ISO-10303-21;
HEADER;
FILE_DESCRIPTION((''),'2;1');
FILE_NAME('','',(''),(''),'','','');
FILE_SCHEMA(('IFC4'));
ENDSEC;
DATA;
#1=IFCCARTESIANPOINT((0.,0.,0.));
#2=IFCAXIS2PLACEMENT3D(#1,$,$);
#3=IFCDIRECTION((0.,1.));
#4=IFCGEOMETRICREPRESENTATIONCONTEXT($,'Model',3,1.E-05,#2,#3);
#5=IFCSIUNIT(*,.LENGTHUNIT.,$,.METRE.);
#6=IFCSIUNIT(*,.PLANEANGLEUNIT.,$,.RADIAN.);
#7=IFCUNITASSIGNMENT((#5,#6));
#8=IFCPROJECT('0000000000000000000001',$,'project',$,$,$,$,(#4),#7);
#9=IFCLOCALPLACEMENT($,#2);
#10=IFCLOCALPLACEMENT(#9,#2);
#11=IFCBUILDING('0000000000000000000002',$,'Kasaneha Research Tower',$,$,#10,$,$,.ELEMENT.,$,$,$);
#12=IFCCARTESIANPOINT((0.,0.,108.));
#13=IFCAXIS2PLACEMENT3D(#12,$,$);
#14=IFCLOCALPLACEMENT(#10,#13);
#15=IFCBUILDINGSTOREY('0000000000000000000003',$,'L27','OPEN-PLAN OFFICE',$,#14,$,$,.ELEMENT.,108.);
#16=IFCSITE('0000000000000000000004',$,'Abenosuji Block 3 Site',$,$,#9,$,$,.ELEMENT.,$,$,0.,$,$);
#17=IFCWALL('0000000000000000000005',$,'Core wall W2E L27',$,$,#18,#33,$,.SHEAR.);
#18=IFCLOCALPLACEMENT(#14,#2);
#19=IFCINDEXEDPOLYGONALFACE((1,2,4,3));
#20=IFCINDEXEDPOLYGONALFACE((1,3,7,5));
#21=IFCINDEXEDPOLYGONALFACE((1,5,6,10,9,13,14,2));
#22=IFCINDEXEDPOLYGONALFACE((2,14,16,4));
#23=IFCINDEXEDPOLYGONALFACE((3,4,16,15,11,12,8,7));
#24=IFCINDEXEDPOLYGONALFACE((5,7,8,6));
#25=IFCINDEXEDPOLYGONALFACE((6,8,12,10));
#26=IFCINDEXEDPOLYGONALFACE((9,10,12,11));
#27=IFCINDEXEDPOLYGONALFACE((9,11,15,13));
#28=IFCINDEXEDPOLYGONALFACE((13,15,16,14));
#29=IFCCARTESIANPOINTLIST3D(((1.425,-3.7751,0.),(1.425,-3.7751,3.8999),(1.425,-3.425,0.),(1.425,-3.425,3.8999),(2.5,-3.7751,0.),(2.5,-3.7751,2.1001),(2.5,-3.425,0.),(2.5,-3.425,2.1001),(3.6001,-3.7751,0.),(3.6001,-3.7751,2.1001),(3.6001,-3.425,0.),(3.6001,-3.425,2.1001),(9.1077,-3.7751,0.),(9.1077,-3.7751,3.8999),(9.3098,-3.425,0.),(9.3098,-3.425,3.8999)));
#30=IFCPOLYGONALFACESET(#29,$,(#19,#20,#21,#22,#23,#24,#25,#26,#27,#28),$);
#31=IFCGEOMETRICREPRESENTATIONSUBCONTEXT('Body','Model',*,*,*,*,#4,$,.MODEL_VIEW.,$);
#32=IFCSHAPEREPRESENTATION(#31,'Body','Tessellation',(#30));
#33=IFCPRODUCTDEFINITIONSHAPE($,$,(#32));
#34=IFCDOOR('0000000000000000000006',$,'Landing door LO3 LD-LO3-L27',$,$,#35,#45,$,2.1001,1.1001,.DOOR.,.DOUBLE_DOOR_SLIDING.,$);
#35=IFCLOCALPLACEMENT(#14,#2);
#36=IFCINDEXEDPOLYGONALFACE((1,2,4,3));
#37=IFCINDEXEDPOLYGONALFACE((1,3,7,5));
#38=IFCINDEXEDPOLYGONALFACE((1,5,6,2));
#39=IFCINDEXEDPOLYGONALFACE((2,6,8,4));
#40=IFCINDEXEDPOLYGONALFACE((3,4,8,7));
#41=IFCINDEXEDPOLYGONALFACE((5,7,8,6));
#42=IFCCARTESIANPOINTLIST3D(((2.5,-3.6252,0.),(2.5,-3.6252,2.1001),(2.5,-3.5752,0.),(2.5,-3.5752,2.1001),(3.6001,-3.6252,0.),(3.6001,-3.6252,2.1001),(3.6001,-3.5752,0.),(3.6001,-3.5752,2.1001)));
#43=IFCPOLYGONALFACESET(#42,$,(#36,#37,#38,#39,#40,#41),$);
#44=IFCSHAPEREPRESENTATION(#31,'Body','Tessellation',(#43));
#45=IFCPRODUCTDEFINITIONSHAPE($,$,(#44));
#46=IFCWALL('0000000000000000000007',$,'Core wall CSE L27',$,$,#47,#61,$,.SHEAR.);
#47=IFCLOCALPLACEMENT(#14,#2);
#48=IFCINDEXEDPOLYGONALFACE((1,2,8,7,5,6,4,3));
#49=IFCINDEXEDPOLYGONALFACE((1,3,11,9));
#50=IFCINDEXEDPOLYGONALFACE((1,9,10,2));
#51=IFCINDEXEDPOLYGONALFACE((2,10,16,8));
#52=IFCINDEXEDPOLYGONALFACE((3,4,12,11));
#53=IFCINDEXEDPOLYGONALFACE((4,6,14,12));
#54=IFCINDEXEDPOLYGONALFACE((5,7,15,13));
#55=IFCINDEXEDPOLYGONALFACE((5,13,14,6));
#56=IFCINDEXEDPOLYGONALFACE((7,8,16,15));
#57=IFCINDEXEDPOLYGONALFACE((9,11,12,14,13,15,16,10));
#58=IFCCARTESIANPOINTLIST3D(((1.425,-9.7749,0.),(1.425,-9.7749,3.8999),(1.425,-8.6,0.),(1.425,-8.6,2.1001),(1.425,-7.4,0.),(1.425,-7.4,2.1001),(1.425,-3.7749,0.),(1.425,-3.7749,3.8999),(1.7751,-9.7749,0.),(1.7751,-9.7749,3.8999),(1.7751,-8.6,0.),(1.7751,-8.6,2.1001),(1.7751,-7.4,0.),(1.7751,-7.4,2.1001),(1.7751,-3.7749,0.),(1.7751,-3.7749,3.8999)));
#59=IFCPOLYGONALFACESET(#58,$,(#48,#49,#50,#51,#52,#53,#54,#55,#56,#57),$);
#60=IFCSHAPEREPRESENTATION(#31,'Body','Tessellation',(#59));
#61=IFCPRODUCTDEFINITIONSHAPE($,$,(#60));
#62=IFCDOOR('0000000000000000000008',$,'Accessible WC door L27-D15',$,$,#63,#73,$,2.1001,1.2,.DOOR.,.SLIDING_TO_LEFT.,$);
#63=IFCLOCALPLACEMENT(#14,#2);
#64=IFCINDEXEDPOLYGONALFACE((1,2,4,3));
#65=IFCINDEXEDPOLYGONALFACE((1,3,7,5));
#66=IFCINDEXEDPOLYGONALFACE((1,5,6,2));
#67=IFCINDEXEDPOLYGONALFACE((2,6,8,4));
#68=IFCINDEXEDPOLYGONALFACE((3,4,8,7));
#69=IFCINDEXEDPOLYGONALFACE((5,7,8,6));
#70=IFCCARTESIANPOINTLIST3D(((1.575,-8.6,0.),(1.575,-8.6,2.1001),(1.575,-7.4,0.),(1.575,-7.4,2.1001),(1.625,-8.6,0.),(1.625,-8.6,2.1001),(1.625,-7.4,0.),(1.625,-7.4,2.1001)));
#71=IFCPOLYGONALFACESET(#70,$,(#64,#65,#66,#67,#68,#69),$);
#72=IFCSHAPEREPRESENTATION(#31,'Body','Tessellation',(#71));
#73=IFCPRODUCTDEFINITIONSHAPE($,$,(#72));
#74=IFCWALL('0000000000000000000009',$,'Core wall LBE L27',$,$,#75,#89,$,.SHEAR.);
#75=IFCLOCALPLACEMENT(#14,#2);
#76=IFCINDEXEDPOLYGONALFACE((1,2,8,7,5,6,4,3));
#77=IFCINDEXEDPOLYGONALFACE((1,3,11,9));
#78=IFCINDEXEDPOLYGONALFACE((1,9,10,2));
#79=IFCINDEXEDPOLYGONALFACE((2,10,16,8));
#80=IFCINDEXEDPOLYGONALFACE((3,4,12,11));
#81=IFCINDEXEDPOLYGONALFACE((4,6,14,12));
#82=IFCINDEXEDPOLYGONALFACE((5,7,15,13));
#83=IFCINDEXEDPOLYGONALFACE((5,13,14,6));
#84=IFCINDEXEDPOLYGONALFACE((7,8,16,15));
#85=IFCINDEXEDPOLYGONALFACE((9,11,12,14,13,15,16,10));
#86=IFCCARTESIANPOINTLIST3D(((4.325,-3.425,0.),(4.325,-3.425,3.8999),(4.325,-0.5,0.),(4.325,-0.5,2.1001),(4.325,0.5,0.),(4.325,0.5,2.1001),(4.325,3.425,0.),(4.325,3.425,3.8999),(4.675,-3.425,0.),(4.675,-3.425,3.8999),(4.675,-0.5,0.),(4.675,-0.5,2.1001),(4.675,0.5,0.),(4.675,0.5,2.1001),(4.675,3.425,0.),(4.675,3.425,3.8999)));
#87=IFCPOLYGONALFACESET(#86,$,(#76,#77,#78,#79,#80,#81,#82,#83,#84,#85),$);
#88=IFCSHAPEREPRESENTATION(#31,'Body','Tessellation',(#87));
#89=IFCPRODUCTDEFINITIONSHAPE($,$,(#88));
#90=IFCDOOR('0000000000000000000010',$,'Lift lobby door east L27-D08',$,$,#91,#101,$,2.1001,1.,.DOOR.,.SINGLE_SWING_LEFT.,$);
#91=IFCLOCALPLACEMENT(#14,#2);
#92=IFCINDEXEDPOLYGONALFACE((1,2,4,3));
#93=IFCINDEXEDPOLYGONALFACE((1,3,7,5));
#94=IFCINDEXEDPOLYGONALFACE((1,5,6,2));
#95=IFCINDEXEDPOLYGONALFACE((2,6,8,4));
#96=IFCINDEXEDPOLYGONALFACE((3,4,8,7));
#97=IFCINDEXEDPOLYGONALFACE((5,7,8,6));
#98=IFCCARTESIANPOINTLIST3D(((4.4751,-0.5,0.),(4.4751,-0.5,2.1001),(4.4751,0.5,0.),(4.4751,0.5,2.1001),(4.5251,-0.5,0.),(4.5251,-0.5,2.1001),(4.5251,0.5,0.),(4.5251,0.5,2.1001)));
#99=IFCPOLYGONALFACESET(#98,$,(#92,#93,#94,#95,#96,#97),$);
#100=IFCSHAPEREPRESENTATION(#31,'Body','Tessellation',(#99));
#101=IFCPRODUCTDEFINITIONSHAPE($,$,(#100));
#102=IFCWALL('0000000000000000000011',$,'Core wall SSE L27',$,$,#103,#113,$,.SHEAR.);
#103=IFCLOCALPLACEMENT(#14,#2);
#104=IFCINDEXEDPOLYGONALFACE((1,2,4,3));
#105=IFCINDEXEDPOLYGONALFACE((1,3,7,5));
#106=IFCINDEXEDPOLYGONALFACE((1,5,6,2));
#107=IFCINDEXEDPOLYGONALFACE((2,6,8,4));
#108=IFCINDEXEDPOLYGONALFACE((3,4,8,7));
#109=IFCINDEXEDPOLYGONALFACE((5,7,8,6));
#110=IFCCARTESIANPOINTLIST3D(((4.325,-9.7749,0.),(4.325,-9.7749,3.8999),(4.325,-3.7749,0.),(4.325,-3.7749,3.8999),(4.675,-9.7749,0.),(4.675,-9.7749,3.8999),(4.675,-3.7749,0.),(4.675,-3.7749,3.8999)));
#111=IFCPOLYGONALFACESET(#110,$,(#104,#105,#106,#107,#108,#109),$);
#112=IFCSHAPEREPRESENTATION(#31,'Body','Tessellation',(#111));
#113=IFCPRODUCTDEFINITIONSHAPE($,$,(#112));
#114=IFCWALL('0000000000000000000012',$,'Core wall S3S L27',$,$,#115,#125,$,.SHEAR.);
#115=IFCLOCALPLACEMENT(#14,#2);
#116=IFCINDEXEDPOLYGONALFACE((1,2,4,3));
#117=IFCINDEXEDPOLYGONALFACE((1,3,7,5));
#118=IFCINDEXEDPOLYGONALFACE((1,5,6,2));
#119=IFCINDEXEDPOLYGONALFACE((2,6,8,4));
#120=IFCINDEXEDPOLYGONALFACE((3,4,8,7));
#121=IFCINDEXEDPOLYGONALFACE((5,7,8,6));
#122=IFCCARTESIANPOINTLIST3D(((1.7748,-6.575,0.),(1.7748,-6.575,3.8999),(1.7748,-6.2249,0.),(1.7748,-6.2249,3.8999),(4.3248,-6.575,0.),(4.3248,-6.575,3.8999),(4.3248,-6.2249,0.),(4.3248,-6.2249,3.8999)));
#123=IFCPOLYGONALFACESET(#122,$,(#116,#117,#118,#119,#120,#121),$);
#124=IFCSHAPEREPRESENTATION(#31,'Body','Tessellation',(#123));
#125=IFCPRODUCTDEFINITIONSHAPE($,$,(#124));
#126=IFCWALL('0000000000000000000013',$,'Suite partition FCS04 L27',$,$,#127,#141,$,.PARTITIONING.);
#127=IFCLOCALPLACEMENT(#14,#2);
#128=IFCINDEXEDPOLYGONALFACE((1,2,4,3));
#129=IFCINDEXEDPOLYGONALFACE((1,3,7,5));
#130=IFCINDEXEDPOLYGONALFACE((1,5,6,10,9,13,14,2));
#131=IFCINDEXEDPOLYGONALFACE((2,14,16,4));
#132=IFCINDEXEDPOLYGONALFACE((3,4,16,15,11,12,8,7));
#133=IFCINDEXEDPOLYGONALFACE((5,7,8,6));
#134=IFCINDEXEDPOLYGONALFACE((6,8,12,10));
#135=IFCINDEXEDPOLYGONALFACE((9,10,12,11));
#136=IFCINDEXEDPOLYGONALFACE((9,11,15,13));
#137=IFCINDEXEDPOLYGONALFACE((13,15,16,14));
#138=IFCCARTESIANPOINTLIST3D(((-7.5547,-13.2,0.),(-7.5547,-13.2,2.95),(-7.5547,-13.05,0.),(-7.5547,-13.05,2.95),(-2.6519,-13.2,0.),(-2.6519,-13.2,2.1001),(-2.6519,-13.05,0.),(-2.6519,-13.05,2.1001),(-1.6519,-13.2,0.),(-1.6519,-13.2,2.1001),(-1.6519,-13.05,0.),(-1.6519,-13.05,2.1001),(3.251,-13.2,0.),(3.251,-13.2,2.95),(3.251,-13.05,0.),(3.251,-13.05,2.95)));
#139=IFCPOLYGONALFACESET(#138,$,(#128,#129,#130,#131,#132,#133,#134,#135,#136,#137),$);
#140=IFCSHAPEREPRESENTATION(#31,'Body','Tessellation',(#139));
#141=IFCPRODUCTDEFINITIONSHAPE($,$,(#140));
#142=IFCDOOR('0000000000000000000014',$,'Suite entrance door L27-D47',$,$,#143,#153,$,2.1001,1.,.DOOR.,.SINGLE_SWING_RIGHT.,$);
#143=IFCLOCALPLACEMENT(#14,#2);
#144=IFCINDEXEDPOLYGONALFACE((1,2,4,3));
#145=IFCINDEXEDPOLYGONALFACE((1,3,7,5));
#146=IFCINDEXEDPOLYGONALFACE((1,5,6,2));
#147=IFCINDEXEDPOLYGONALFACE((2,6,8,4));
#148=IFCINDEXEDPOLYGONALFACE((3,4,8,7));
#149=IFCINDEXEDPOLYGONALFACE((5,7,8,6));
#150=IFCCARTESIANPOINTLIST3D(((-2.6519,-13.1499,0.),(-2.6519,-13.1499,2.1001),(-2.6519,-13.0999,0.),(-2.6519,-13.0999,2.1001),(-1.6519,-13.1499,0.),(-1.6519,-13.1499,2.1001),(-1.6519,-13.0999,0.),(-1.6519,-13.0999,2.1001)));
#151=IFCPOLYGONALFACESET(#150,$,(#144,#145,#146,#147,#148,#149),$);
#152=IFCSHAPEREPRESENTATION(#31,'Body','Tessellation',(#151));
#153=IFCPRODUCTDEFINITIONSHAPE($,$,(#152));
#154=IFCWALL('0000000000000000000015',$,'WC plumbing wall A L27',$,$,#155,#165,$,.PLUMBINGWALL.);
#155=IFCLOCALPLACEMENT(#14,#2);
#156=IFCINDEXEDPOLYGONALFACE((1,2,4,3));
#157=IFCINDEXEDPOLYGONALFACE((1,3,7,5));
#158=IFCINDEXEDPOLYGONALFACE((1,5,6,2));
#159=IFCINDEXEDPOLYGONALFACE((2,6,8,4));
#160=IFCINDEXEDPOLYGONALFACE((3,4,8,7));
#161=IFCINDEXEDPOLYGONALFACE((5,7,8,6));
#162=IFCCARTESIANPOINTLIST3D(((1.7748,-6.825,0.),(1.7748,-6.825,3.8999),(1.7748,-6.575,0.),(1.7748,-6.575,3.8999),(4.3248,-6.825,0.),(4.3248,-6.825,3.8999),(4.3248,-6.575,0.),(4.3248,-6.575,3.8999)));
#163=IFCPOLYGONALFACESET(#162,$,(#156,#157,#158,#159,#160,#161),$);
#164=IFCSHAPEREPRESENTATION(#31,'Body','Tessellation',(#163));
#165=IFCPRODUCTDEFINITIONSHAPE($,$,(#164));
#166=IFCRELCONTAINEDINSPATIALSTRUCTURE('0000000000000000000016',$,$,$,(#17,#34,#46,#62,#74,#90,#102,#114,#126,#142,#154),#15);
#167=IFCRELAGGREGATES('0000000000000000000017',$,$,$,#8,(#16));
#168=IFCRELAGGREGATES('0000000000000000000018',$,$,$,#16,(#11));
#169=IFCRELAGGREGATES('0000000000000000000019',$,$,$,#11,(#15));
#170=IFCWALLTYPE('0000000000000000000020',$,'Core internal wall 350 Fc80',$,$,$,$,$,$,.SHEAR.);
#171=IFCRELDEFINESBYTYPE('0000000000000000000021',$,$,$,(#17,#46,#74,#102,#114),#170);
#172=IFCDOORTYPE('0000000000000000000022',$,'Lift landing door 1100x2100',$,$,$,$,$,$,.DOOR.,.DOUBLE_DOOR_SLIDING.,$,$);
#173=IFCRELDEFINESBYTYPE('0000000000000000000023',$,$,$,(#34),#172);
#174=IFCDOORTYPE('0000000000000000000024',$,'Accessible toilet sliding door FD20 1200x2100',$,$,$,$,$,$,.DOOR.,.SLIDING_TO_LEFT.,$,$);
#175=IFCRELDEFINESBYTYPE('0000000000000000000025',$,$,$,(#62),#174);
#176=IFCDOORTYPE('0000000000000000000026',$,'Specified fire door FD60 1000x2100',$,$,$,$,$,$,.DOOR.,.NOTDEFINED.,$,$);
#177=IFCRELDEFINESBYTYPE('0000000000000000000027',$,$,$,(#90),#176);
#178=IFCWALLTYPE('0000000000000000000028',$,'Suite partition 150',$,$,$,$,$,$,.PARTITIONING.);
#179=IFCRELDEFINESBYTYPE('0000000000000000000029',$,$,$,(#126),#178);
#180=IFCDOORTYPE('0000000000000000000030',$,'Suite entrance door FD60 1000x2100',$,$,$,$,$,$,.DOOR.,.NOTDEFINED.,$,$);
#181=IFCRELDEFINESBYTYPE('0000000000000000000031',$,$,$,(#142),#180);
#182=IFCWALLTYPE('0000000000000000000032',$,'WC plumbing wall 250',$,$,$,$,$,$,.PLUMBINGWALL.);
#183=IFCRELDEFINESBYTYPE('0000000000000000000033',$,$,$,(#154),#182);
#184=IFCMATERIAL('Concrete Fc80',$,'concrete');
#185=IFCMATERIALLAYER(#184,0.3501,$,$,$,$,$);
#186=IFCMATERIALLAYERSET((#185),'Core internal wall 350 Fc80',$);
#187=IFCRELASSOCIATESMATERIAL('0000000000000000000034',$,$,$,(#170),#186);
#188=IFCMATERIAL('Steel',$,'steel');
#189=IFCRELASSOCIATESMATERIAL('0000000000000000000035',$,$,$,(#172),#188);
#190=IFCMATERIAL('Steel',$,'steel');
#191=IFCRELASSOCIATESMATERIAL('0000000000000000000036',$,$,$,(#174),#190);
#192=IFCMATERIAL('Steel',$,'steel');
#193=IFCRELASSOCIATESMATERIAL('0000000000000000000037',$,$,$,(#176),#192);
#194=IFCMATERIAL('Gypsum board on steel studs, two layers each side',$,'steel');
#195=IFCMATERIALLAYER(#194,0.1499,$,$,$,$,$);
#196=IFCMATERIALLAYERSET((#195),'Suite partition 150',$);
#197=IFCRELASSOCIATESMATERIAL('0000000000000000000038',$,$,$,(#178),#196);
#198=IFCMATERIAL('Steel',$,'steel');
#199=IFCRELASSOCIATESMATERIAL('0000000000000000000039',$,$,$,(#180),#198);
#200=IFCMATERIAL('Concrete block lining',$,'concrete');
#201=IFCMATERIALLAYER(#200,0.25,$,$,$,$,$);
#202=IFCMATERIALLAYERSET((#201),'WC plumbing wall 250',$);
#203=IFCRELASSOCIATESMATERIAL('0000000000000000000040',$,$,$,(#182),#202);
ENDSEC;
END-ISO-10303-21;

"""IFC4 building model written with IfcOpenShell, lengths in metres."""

from ifc_helpers import new_model, si_unit, direction, frame, frame_2d, origin, place, context, subcontext, project, spatial, polyline, rectangle, outline, extrude, material, layer, layer_set, type_object, element, fill, save


model = new_model("IFC4")

# Units and contexts
model_context = context("Model", 3, precision=1e-05, world=origin(), true_north=direction((0.0, 1.0)))
body_context = subcontext(model_context, "Body", "Model", "MODEL_VIEW")
ifc_project = project(units=[si_unit("LENGTHUNIT", "METRE"), si_unit("PLANEANGLEUNIT", "RADIAN")], contexts=[model_context])

# Site, building, storey
site_placement = place(None, origin())
site = spatial("IfcSite", under=ifc_project, at=site_placement, Name="Abenosuji Block 3 Site", CompositionType="ELEMENT", RefElevation=0.0)
building_placement = place(site_placement, origin())
building = spatial("IfcBuilding", under=site, at=building_placement, Name="Kasaneha Research Tower", CompositionType="ELEMENT")
storey_placement = place(building_placement, frame((0.0, 0.0, 108.0)))
storey = spatial("IfcBuildingStorey", under=building, at=storey_placement, Name="L27", Description="OPEN-PLAN OFFICE", CompositionType="ELEMENT", Elevation=108.0)

# Walls, openings, doors
ifc_material_1 = material(Name="Concrete Fc80", Category="concrete")
ifc_layer_1 = layer(ifc_material_1, 0.3501)
ifc_layer_set_1 = layer_set([ifc_layer_1], Name="Core internal wall 350 Fc80")
wall_type_1 = type_object("IfcWallType", Name="Core internal wall 350 Fc80", PredefinedType="SHEAR", material=ifc_layer_set_1)
wall_1_placement = place(storey_placement, frame((1.425, -3.6001, 0.0), z_axis=(0.0, 0.0, 1.0), x_axis=(1.0, 0.0, 0.0)))
wall_1 = element("IfcWall", 1, at=wall_1_placement, inside=storey, type_object=wall_type_1, Name="Core wall W2E L27", PredefinedType="SHEAR", context=body_context, shape_type="SweptSolid", body=[
    extrude(outline(polyline([(0.0, -0.175), (1.075, -0.175), (2.175, -0.175), (7.6826, -0.175), (7.8848, 0.175), (2.175, 0.175), (1.075, 0.175), (0.0, 0.175), (0.0, -0.175)])), origin(), (0.0, 0.0, 1.0), 3.8999),
])
opening_1_placement = place(wall_1_placement, frame((1.075, 0.0, 0.0)))
opening_1 = element("IfcOpeningElement", 2, at=opening_1_placement, cuts=wall_1, PredefinedType="OPENING", context=body_context, shape_type="SweptSolid", body=[
    extrude(rectangle(XDim=1.1001, YDim=2.1001, at=frame_2d((0.55, 1.05))), frame((0.0, 0.1851, 0.0), z_axis=(0.0, -1.0, 0.0), x_axis=(1.0, 0.0, 0.0)), (0.0, 0.0, 1.0), 0.3701),
])
ifc_material_2 = material(Name="Steel", Category="steel")
door_type_1 = type_object("IfcDoorType", Name="Lift landing door 1100x2100", OperationType="DOUBLE_DOOR_SLIDING", PredefinedType="DOOR", material=ifc_material_2)
door_1_placement = place(opening_1_placement, origin())
door_1 = element("IfcDoor", 3, at=door_1_placement, inside=storey, type_object=door_type_1, Name="Landing door LO3 LD-LO3-L27", OperationType="DOUBLE_DOOR_SLIDING", OverallHeight=2.1001, OverallWidth=1.1001, PredefinedType="DOOR", context=body_context, shape_type="SweptSolid", body=[
    extrude(rectangle(XDim=1.1001, YDim=2.1001, at=frame_2d((0.55, 1.05))), frame((0.0, 0.0249, 0.0), z_axis=(0.0, -1.0, 0.0), x_axis=(1.0, 0.0, 0.0)), (0.0, 0.0, 1.0), 0.05),
])
fill(opening_1, door_1)
wall_2_placement = place(storey_placement, frame((1.6001, -3.7749, 0.0), z_axis=(0.0, 0.0, 1.0), x_axis=(0.0, -1.0, 0.0)))
wall_2 = element("IfcWall", 4, at=wall_2_placement, inside=storey, type_object=wall_type_1, Name="Core wall CSE L27", PredefinedType="SHEAR", context=body_context, shape_type="SweptSolid", body=[
    extrude(rectangle(XDim=6.0, YDim=0.3501, at=frame_2d((3.0, 0.0))), origin(), (0.0, 0.0, 1.0), 3.8999),
])
opening_2_placement = place(wall_2_placement, frame((3.625, 0.0, 0.0)))
opening_2 = element("IfcOpeningElement", 5, at=opening_2_placement, cuts=wall_2, PredefinedType="OPENING", context=body_context, shape_type="SweptSolid", body=[
    extrude(rectangle(XDim=1.2, YDim=2.1001, at=frame_2d((0.6001, 1.05))), frame((0.0, 0.1851, 0.0), z_axis=(0.0, -1.0, 0.0), x_axis=(1.0, 0.0, 0.0)), (0.0, 0.0, 1.0), 0.3701),
])
ifc_material_3 = material(Name="Steel", Category="steel")
door_type_2 = type_object("IfcDoorType", Name="Accessible toilet sliding door FD20 1200x2100", OperationType="SLIDING_TO_LEFT", PredefinedType="DOOR", material=ifc_material_3)
door_2_placement = place(opening_2_placement, origin())
door_2 = element("IfcDoor", 6, at=door_2_placement, inside=storey, type_object=door_type_2, Name="Accessible WC door L27-D15", OperationType="SLIDING_TO_LEFT", OverallHeight=2.1001, OverallWidth=1.2, PredefinedType="DOOR", context=body_context, shape_type="SweptSolid", body=[
    extrude(rectangle(XDim=1.2, YDim=2.1001, at=frame_2d((0.6001, 1.05))), frame((0.0, 0.0249, 0.0), z_axis=(0.0, -1.0, 0.0), x_axis=(1.0, 0.0, 0.0)), (0.0, 0.0, 1.0), 0.05),
])
fill(opening_2, door_2)
wall_3_placement = place(storey_placement, frame((4.5, -3.425, 0.0), z_axis=(0.0, 0.0, 1.0), x_axis=(0.0, 1.0, 0.0)))
wall_3 = element("IfcWall", 7, at=wall_3_placement, inside=storey, type_object=wall_type_1, Name="Core wall LBE L27", PredefinedType="SHEAR", context=body_context, shape_type="SweptSolid", body=[
    extrude(rectangle(XDim=6.8501, YDim=0.3501, at=frame_2d((3.425, 0.0))), origin(), (0.0, 0.0, 1.0), 3.8999),
])
opening_3_placement = place(wall_3_placement, frame((2.925, 0.0, 0.0)))
opening_3 = element("IfcOpeningElement", 8, at=opening_3_placement, cuts=wall_3, PredefinedType="OPENING", context=body_context, shape_type="SweptSolid", body=[
    extrude(rectangle(XDim=1.0, YDim=2.1001, at=frame_2d((0.5, 1.05))), frame((0.0, 0.1851, 0.0), z_axis=(0.0, -1.0, 0.0), x_axis=(1.0, 0.0, 0.0)), (0.0, 0.0, 1.0), 0.3701),
])
ifc_material_4 = material(Name="Steel", Category="steel")
door_type_3 = type_object("IfcDoorType", Name="Specified fire door FD60 1000x2100", OperationType="NOTDEFINED", PredefinedType="DOOR", material=ifc_material_4)
door_3_placement = place(opening_3_placement, origin())
door_3 = element("IfcDoor", 9, at=door_3_placement, inside=storey, type_object=door_type_3, Name="Lift lobby door east L27-D08", OperationType="SINGLE_SWING_LEFT", OverallHeight=2.1001, OverallWidth=1.0, PredefinedType="DOOR", context=body_context, shape_type="SweptSolid", body=[
    extrude(rectangle(XDim=1.0, YDim=2.1001, at=frame_2d((0.5, 1.05))), frame((0.0, 0.0249, 0.0), z_axis=(0.0, -1.0, 0.0), x_axis=(1.0, 0.0, 0.0)), (0.0, 0.0, 1.0), 0.05),
])
fill(opening_3, door_3)

# Walls
wall_4_placement = place(storey_placement, frame((4.5, -3.7749, 0.0), z_axis=(0.0, 0.0, 1.0), x_axis=(0.0, -1.0, 0.0)))
element("IfcWall", 10, at=wall_4_placement, inside=storey, type_object=wall_type_1, Name="Core wall SSE L27", PredefinedType="SHEAR", context=body_context, shape_type="SweptSolid", body=[
    extrude(rectangle(XDim=6.0, YDim=0.3501, at=frame_2d((3.0, 0.0))), origin(), (0.0, 0.0, 1.0), 3.8999),
])
wall_5_placement = place(storey_placement, frame((1.7749, -6.3999, 0.0), z_axis=(0.0, 0.0, 1.0), x_axis=(1.0, 0.0, 0.0)))
element("IfcWall", 11, at=wall_5_placement, inside=storey, type_object=wall_type_1, Name="Core wall S3S L27", PredefinedType="SHEAR", context=body_context, shape_type="SweptSolid", body=[
    extrude(rectangle(XDim=2.55, YDim=0.3501, at=frame_2d((1.2749, 0.0))), origin(), (0.0, 0.0, 1.0), 3.8999),
])

# Wall, opening, door
ifc_material_5 = material(Name="Gypsum board on steel studs, two layers each side", Category="steel")
ifc_layer_2 = layer(ifc_material_5, 0.1499)
ifc_layer_set_2 = layer_set([ifc_layer_2], Name="Suite partition 150")
wall_type_2 = type_object("IfcWallType", Name="Suite partition 150", PredefinedType="PARTITIONING", material=ifc_layer_set_2)
wall_6_placement = place(storey_placement, frame((3.251, -13.125, 0.0), z_axis=(0.0, 0.0, 1.0), x_axis=(-1.0, 0.0, 0.0)))
wall_6 = element("IfcWall", 12, at=wall_6_placement, inside=storey, type_object=wall_type_2, Name="Suite partition FCS04 L27", PredefinedType="PARTITIONING", context=body_context, shape_type="SweptSolid", body=[
    extrude(rectangle(XDim=10.8057, YDim=0.1499, at=frame_2d((5.4028, 0.0))), origin(), (0.0, 0.0, 1.0), 2.95),
])
opening_4_placement = place(wall_6_placement, frame((4.9028, 0.0, 0.0)))
opening_4 = element("IfcOpeningElement", 13, at=opening_4_placement, cuts=wall_6, PredefinedType="OPENING", context=body_context, shape_type="SweptSolid", body=[
    extrude(rectangle(XDim=1.0, YDim=2.1001, at=frame_2d((0.5, 1.05))), frame((0.0, 0.085, 0.0), z_axis=(0.0, -1.0, 0.0), x_axis=(1.0, 0.0, 0.0)), (0.0, 0.0, 1.0), 0.1699),
])
ifc_material_6 = material(Name="Steel", Category="steel")
door_type_4 = type_object("IfcDoorType", Name="Suite entrance door FD60 1000x2100", OperationType="NOTDEFINED", PredefinedType="DOOR", material=ifc_material_6)
door_4_placement = place(opening_4_placement, origin())
door_4 = element("IfcDoor", 14, at=door_4_placement, inside=storey, type_object=door_type_4, Name="Suite entrance door L27-D47", OperationType="SINGLE_SWING_RIGHT", OverallHeight=2.1001, OverallWidth=1.0, PredefinedType="DOOR", context=body_context, shape_type="SweptSolid", body=[
    extrude(rectangle(XDim=1.0, YDim=2.1001, at=frame_2d((0.5, 1.05))), frame((0.0, 0.0249, 0.0), z_axis=(0.0, -1.0, 0.0), x_axis=(1.0, 0.0, 0.0)), (0.0, 0.0, 1.0), 0.05),
])
fill(opening_4, door_4)

# Wall
ifc_material_7 = material(Name="Concrete block lining", Category="concrete")
ifc_layer_3 = layer(ifc_material_7, 0.25)
ifc_layer_set_3 = layer_set([ifc_layer_3], Name="WC plumbing wall 250")
wall_type_3 = type_object("IfcWallType", Name="WC plumbing wall 250", PredefinedType="PLUMBINGWALL", material=ifc_layer_set_3)
wall_7_placement = place(storey_placement, frame((1.7749, -6.7, 0.0), z_axis=(0.0, 0.0, 1.0), x_axis=(1.0, 0.0, 0.0)))
element("IfcWall", 15, at=wall_7_placement, inside=storey, type_object=wall_type_3, Name="WC plumbing wall A L27", PredefinedType="PLUMBINGWALL", context=body_context, shape_type="SweptSolid", body=[
    extrude(rectangle(XDim=2.55, YDim=0.25, at=frame_2d((1.2749, 0.0))), origin(), (0.0, 0.0, 1.0), 3.8999),
])

save(model, "model.ifc")
